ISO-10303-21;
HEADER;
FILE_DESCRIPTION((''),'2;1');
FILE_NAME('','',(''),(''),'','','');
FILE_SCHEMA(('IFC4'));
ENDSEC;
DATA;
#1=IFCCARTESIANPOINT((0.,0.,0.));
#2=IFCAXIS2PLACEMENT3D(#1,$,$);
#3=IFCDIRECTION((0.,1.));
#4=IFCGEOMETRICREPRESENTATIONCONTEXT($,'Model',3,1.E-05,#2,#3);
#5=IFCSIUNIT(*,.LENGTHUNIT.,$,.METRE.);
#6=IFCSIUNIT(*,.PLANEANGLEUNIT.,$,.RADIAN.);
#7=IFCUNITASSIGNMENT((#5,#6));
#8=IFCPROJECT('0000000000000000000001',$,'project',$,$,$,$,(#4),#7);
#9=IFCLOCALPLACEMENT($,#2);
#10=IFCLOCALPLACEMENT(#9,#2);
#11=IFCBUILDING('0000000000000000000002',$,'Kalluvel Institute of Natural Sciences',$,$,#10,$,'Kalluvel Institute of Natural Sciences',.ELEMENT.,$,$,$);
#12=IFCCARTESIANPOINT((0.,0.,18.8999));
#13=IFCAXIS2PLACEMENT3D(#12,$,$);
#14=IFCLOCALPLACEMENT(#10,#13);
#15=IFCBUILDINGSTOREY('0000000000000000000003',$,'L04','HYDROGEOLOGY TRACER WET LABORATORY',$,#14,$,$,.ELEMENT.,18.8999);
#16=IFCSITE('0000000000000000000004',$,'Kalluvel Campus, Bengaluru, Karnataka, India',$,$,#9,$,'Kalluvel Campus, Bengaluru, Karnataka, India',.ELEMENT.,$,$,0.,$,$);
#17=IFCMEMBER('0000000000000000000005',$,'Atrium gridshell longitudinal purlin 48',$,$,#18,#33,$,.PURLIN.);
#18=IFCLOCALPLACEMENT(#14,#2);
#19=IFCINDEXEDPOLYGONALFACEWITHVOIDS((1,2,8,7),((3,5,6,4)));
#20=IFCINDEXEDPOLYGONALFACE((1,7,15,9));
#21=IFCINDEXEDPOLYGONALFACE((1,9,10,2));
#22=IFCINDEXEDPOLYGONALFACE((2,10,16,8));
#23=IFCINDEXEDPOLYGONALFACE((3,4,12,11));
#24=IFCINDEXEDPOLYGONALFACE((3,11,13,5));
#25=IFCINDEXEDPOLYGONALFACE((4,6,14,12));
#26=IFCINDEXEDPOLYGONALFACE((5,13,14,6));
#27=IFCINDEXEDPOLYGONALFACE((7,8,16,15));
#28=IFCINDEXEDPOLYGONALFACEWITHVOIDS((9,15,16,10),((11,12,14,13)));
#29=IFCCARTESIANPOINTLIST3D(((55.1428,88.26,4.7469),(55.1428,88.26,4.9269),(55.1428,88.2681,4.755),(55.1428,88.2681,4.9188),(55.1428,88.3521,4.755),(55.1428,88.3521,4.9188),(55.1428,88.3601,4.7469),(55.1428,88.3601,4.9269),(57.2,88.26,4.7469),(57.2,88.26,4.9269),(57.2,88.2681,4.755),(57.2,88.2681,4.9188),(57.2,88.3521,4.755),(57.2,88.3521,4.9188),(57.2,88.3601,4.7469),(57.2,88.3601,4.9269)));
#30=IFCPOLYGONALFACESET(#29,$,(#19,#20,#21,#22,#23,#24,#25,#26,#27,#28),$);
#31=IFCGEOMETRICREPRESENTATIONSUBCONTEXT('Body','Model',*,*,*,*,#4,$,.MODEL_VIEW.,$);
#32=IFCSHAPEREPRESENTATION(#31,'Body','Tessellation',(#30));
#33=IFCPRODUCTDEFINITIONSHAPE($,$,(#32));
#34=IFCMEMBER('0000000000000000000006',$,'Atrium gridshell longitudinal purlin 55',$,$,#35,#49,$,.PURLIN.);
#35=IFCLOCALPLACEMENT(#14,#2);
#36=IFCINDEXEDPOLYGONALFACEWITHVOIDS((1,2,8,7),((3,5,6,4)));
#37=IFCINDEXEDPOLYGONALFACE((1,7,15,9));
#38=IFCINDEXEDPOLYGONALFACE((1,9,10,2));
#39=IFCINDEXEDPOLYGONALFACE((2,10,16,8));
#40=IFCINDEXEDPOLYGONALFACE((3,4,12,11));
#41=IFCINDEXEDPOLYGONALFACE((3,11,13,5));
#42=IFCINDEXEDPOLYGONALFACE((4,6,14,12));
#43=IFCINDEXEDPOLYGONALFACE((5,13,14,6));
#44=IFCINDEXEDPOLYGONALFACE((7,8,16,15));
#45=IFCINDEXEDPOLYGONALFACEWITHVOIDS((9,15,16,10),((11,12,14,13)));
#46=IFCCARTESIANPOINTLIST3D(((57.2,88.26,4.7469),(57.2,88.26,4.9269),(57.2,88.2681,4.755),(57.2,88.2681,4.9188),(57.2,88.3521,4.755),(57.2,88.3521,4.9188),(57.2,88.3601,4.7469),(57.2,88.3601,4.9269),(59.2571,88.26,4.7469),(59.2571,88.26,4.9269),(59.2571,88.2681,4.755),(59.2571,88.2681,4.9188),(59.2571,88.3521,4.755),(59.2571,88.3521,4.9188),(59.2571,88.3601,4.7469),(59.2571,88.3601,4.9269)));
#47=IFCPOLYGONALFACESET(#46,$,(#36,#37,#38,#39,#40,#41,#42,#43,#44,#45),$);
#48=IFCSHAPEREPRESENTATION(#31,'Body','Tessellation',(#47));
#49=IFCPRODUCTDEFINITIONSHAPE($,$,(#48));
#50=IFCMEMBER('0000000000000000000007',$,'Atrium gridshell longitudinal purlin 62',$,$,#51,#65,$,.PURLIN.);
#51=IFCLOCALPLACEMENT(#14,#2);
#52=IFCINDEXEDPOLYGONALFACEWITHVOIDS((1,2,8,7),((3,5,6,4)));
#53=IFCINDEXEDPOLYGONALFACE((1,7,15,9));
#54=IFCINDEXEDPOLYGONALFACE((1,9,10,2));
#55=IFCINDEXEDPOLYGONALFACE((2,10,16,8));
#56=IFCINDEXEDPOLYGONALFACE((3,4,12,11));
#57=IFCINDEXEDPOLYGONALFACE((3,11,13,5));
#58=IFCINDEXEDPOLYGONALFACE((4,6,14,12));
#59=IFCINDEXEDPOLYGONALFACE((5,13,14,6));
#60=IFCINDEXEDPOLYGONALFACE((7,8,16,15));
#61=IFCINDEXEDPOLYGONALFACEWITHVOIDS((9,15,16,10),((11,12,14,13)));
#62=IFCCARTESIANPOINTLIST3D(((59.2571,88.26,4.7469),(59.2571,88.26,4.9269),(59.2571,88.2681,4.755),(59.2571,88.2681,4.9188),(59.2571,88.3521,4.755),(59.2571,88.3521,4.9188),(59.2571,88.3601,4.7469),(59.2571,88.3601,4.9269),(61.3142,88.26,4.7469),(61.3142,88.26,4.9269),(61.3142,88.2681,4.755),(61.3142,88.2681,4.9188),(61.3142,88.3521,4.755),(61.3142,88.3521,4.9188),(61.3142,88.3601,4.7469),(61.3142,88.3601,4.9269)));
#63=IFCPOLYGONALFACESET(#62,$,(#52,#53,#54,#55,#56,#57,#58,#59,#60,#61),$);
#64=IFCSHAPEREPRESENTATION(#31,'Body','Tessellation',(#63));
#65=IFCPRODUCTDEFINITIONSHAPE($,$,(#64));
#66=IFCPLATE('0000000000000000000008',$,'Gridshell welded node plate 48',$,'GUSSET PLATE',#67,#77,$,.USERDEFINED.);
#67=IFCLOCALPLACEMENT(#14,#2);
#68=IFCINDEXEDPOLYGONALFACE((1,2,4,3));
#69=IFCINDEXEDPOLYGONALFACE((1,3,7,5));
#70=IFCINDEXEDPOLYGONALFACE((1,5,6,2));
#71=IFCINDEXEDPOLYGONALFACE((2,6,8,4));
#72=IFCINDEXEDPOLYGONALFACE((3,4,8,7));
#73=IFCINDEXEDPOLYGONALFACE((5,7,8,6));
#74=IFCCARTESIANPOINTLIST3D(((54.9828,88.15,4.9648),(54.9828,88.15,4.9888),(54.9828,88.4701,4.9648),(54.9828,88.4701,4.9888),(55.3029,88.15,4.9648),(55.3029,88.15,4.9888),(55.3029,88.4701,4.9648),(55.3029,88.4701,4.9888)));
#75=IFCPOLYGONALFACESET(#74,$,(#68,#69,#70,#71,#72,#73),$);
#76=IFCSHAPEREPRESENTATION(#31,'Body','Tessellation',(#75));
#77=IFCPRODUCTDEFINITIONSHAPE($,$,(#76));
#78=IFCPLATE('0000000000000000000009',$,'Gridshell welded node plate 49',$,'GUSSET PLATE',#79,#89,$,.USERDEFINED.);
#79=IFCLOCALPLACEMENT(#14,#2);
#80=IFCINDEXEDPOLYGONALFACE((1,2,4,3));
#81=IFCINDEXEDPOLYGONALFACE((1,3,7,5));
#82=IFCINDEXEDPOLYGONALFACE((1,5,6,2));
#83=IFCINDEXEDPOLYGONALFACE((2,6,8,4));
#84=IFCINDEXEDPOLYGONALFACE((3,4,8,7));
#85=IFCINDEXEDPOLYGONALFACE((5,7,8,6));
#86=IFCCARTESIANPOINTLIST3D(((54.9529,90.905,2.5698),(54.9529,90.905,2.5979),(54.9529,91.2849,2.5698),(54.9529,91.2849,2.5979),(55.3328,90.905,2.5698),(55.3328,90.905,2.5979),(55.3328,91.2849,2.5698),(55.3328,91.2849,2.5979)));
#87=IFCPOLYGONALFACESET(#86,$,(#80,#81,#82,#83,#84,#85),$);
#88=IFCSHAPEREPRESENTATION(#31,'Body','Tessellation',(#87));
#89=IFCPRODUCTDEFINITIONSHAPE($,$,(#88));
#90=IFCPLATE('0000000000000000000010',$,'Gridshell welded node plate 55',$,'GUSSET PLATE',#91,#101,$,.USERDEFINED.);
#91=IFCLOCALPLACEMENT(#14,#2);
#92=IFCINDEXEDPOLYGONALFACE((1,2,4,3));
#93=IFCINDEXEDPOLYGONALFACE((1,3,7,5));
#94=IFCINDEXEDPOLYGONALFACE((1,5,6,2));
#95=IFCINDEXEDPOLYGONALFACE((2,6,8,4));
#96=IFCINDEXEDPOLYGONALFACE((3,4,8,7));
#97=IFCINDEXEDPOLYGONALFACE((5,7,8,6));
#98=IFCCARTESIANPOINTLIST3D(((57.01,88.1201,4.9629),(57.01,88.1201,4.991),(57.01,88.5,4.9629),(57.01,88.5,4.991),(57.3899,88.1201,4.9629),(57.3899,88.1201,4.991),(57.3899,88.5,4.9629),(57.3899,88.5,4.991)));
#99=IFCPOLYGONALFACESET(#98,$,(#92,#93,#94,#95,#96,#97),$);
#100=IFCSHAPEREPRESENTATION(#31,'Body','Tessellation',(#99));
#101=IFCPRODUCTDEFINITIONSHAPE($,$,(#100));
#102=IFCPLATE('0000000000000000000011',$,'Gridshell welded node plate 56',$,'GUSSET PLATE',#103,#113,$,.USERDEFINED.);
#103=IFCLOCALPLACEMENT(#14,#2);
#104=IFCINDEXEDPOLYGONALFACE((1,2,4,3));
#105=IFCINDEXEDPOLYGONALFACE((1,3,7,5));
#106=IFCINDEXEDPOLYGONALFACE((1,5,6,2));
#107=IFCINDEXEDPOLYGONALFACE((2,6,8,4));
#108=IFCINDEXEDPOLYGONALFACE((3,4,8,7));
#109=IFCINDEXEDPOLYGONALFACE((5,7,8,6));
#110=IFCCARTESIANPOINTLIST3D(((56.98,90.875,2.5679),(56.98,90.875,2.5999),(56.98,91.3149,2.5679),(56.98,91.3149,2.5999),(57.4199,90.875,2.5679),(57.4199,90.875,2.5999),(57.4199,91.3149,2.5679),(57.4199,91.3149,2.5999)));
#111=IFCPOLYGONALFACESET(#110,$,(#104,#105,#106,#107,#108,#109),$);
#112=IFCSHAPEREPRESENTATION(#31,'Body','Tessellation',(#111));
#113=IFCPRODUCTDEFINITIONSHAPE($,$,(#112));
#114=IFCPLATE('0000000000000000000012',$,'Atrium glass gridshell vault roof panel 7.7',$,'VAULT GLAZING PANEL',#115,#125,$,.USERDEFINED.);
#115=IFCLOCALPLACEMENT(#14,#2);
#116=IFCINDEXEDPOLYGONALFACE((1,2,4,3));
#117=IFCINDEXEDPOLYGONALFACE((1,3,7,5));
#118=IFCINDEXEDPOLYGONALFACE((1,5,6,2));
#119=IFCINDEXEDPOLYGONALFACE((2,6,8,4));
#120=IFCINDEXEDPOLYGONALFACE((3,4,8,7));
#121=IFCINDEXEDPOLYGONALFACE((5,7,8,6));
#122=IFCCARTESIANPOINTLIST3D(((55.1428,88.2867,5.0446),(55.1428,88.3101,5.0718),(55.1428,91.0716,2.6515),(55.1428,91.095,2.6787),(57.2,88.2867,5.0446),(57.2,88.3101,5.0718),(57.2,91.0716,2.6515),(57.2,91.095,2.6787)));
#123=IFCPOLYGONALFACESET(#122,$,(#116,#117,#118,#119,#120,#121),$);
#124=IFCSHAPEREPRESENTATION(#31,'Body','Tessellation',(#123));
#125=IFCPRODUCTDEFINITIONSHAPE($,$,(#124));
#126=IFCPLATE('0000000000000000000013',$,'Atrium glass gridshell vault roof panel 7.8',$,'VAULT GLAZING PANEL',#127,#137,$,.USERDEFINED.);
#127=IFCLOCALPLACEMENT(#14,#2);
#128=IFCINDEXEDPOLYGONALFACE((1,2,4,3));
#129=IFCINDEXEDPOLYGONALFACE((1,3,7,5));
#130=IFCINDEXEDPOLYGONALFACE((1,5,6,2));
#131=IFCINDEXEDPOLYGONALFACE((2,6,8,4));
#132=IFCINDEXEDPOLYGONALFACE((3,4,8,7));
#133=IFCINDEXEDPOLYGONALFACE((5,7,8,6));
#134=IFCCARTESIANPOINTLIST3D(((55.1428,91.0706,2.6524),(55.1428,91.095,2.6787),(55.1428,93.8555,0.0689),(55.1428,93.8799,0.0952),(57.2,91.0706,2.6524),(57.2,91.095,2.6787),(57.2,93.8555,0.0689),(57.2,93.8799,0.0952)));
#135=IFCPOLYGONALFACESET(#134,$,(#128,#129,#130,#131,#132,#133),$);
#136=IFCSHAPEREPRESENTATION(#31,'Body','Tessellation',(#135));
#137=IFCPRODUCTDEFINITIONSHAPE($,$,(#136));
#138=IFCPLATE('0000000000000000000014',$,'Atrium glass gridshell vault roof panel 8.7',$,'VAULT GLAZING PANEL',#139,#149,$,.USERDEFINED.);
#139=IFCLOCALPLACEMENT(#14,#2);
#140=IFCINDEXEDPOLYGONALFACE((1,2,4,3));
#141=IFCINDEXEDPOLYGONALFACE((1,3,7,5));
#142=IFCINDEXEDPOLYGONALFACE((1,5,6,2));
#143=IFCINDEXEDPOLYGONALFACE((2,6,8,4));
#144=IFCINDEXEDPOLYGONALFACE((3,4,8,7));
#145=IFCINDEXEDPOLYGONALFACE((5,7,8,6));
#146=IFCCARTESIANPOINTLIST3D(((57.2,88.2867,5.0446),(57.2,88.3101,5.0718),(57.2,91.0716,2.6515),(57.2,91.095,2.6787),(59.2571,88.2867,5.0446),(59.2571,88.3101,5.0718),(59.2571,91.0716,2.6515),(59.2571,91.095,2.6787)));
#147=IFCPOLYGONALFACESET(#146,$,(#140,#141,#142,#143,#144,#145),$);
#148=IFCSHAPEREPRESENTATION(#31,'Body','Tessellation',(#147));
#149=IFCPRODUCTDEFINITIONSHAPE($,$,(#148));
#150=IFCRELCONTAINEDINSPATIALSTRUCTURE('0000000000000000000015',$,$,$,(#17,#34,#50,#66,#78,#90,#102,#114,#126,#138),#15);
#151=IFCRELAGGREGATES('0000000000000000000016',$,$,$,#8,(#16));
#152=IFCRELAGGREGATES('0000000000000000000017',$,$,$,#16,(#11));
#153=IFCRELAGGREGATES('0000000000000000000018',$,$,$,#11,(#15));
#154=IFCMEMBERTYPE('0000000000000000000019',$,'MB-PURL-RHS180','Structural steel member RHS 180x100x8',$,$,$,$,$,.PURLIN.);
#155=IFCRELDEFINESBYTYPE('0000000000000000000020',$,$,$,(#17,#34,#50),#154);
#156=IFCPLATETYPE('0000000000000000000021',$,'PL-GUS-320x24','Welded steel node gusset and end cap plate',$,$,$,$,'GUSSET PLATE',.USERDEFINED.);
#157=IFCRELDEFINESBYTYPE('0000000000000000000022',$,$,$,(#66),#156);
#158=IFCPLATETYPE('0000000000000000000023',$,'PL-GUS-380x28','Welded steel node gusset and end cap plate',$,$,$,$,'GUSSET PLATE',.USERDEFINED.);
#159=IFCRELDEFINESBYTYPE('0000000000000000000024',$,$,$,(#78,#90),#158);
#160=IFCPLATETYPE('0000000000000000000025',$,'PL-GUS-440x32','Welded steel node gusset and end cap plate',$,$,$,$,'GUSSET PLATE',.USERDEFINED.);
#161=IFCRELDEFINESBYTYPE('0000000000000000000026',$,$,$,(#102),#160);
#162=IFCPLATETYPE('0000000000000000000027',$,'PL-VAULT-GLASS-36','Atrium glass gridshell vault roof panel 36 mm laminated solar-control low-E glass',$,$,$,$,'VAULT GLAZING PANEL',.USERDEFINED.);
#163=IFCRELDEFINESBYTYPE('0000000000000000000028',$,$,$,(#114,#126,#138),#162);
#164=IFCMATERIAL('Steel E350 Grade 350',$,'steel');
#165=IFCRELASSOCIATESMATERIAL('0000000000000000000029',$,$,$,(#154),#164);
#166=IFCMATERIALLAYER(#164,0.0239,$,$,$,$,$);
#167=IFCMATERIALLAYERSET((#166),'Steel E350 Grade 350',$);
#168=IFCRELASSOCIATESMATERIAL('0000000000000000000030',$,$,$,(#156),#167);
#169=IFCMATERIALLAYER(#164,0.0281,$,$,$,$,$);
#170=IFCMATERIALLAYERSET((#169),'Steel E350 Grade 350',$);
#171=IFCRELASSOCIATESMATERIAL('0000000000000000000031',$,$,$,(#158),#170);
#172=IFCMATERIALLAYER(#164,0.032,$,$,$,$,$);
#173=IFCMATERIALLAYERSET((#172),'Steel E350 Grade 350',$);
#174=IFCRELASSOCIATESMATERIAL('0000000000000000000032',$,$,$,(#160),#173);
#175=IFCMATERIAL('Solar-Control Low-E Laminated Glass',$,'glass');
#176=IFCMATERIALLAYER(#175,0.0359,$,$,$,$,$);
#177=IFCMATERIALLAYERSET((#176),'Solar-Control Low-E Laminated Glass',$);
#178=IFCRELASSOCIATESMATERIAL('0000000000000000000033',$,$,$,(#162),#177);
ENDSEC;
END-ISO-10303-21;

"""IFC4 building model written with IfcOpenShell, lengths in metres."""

from ifc_helpers import new_model, si_unit, direction, frame, origin, origin_2d, place, context, subcontext, project, spatial, polyline, rectangle, hollow_rectangle, outline, extrude, material, layer, layer_set, material_profile, profile_set, type_object, element, save


model = new_model("IFC4")

# Units and contexts
model_context = context("Model", 3, precision=1e-05, world=origin(), true_north=direction((0.0, 1.0)))
body_context = subcontext(model_context, "Body", "Model", "MODEL_VIEW")
ifc_project = project(units=[si_unit("LENGTHUNIT", "METRE"), si_unit("PLANEANGLEUNIT", "RADIAN")], contexts=[model_context])

# Site, building, storey
site_placement = place(None, origin())
site = spatial("IfcSite", under=ifc_project, at=site_placement, Name="Kalluvel Campus, Bengaluru, Karnataka, India", LongName="Kalluvel Campus, Bengaluru, Karnataka, India", CompositionType="ELEMENT", RefElevation=0.0)
building_placement = place(site_placement, origin())
building = spatial("IfcBuilding", under=site, at=building_placement, Name="Kalluvel Institute of Natural Sciences", LongName="Kalluvel Institute of Natural Sciences", CompositionType="ELEMENT")
storey_placement = place(building_placement, frame((0.0, 0.0, 18.8999)))
storey = spatial("IfcBuildingStorey", under=building, at=storey_placement, Name="L04", Description="HYDROGEOLOGY TRACER WET LABORATORY", CompositionType="ELEMENT", Elevation=18.8999)

# Members
ifc_material_1 = material(Name="Steel E350 Grade 350", Category="steel")
ifc_material_profile_1 = material_profile(ifc_material_1, hollow_rectangle(XDim=0.1001, YDim=0.1799, WallThickness=0.0081, at=origin_2d()), Name="RHS 180x100x8")
ifc_profile_set_1 = profile_set([ifc_material_profile_1], Name="Steel E350 Grade 350")
member_type_1 = type_object("IfcMemberType", Name="MB-PURL-RHS180", Description="Structural steel member RHS 180x100x8", PredefinedType="PURLIN", material=ifc_profile_set_1)
for number, where, z_axis, x_axis, name in (
    (1, (55.1428, 88.3101, 4.8369), (1.0, 0.0, 0.0), (0.0, 1.0, 0.0), "Atrium gridshell longitudinal purlin 48"),
    (2, (57.2, 88.3101, 4.8369), (1.0, 0.0, 0.0), (0.0, 1.0, 0.0), "Atrium gridshell longitudinal purlin 55"),
    (3, (59.2571, 88.3101, 4.8369), (1.0, 0.0, 0.0), (0.0, 1.0, 0.0), "Atrium gridshell longitudinal purlin 62"),
):
    element("IfcMember", number, at=place(storey_placement, frame(where, z_axis=z_axis, x_axis=x_axis)), inside=storey, type_object=member_type_1, Name=name, PredefinedType="PURLIN", context=body_context, shape_type="SweptSolid", body=[
        extrude(hollow_rectangle(XDim=0.1001, YDim=0.1799, WallThickness=0.0081, at=origin_2d()), origin(), (0.0, 0.0, 1.0), 2.0571),
    ])

# Plates
ifc_layer_1 = layer(ifc_material_1, 0.0239)
ifc_layer_set_1 = layer_set([ifc_layer_1], Name="Steel E350 Grade 350")
plate_type_1 = type_object("IfcPlateType", Name="PL-GUS-320x24", Description="Welded steel node gusset and end cap plate", ElementType="GUSSET PLATE", PredefinedType="USERDEFINED", material=ifc_layer_set_1)
plate_1_placement = place(storey_placement, frame((55.1428, 88.3101, 4.9648), z_axis=(0.0, 0.0, 1.0), x_axis=(1.0, 0.0, 0.0)))
element("IfcPlate", 4, at=plate_1_placement, inside=storey, type_object=plate_type_1, Name="Gridshell welded node plate 48", ObjectType="GUSSET PLATE", PredefinedType="USERDEFINED", context=body_context, shape_type="SweptSolid", body=[
    extrude(rectangle(XDim=0.3201, YDim=0.3201, at=origin_2d()), origin(), (0.0, 0.0, 1.0), 0.0239),
])
ifc_layer_2 = layer(ifc_material_1, 0.0281)
ifc_layer_set_2 = layer_set([ifc_layer_2], Name="Steel E350 Grade 350")
plate_type_2 = type_object("IfcPlateType", Name="PL-GUS-380x28", Description="Welded steel node gusset and end cap plate", ElementType="GUSSET PLATE", PredefinedType="USERDEFINED", material=ifc_layer_set_2)
for number, where, z_axis, x_axis, name in (
    (5, (55.1428, 91.095, 2.5698), (0.0, 0.0, 1.0), (1.0, 0.0, 0.0), "Gridshell welded node plate 49"),
    (6, (57.2, 88.3101, 4.9629), (0.0, 0.0, 1.0), (1.0, 0.0, 0.0), "Gridshell welded node plate 55"),
):
    element("IfcPlate", number, at=place(storey_placement, frame(where, z_axis=z_axis, x_axis=x_axis)), inside=storey, type_object=plate_type_2, Name=name, ObjectType="GUSSET PLATE", PredefinedType="USERDEFINED", context=body_context, shape_type="SweptSolid", body=[
        extrude(rectangle(XDim=0.3799, YDim=0.3799, at=origin_2d()), origin(), (0.0, 0.0, 1.0), 0.0281),
    ])
ifc_layer_3 = layer(ifc_material_1, 0.032)
ifc_layer_set_3 = layer_set([ifc_layer_3], Name="Steel E350 Grade 350")
plate_type_3 = type_object("IfcPlateType", Name="PL-GUS-440x32", Description="Welded steel node gusset and end cap plate", ElementType="GUSSET PLATE", PredefinedType="USERDEFINED", material=ifc_layer_set_3)
plate_2_placement = place(storey_placement, frame((57.2, 91.095, 2.5679), z_axis=(0.0, 0.0, 1.0), x_axis=(1.0, 0.0, 0.0)))
element("IfcPlate", 7, at=plate_2_placement, inside=storey, type_object=plate_type_3, Name="Gridshell welded node plate 56", ObjectType="GUSSET PLATE", PredefinedType="USERDEFINED", context=body_context, shape_type="SweptSolid", body=[
    extrude(rectangle(XDim=0.4399, YDim=0.4399, at=origin_2d()), origin(), (0.0, 0.0, 1.0), 0.032),
])
ifc_material_2 = material(Name="Solar-Control Low-E Laminated Glass", Category="glass")
ifc_layer_4 = layer(ifc_material_2, 0.0359)
ifc_layer_set_4 = layer_set([ifc_layer_4], Name="Solar-Control Low-E Laminated Glass")
plate_type_4 = type_object("IfcPlateType", Name="PL-VAULT-GLASS-36", Description="Atrium glass gridshell vault roof panel 36 mm laminated solar-control low-E glass", ElementType="VAULT GLAZING PANEL", PredefinedType="USERDEFINED", material=ifc_layer_set_4)
plate_3_placement = place(storey_placement, frame((55.1428, 88.3101, 5.0718), z_axis=(0.0, 0.651733, 0.758449), x_axis=(1.0, 0.0, 0.0)))
element("IfcPlate", 8, at=plate_3_placement, inside=storey, type_object=plate_type_4, Name="Atrium glass gridshell vault roof panel 7.7", ObjectType="VAULT GLAZING PANEL", PredefinedType="USERDEFINED", context=body_context, shape_type="SweptSolid", body=[
    extrude(outline(polyline([(0.0, 0.0), (2.0571, 0.0), (2.0571, 3.6719), (0.0, 3.6719), (0.0, 0.0)])), origin(), (0.0, 0.0, -1.0), 0.0359),
])
plate_4_placement = place(storey_placement, frame((55.1428, 91.095, 2.6787), z_axis=(0.0, 0.680099, 0.733121), x_axis=(1.0, 0.0, 0.0)))
element("IfcPlate", 9, at=plate_4_placement, inside=storey, type_object=plate_type_4, Name="Atrium glass gridshell vault roof panel 7.8", ObjectType="VAULT GLAZING PANEL", PredefinedType="USERDEFINED", context=body_context, shape_type="SweptSolid", body=[
    extrude(outline(polyline([(0.0, 0.0), (2.0571, 0.0), (2.0571, 3.7987), (0.0, 3.7987), (0.0, 0.0)])), origin(), (0.0, 0.0, -1.0), 0.0359),
])
plate_5_placement = place(storey_placement, frame((57.2, 88.3101, 5.0718), z_axis=(0.0, 0.651733, 0.758449), x_axis=(1.0, 0.0, 0.0)))
element("IfcPlate", 10, at=plate_5_placement, inside=storey, type_object=plate_type_4, Name="Atrium glass gridshell vault roof panel 8.7", ObjectType="VAULT GLAZING PANEL", PredefinedType="USERDEFINED", context=body_context, shape_type="SweptSolid", body=[
    extrude(outline(polyline([(0.0, 0.0), (2.0571, 0.0), (2.0571, 3.6719), (0.0, 3.6719), (0.0, 0.0)])), origin(), (0.0, 0.0, -1.0), 0.0359),
])

save(model, "model.ifc")
